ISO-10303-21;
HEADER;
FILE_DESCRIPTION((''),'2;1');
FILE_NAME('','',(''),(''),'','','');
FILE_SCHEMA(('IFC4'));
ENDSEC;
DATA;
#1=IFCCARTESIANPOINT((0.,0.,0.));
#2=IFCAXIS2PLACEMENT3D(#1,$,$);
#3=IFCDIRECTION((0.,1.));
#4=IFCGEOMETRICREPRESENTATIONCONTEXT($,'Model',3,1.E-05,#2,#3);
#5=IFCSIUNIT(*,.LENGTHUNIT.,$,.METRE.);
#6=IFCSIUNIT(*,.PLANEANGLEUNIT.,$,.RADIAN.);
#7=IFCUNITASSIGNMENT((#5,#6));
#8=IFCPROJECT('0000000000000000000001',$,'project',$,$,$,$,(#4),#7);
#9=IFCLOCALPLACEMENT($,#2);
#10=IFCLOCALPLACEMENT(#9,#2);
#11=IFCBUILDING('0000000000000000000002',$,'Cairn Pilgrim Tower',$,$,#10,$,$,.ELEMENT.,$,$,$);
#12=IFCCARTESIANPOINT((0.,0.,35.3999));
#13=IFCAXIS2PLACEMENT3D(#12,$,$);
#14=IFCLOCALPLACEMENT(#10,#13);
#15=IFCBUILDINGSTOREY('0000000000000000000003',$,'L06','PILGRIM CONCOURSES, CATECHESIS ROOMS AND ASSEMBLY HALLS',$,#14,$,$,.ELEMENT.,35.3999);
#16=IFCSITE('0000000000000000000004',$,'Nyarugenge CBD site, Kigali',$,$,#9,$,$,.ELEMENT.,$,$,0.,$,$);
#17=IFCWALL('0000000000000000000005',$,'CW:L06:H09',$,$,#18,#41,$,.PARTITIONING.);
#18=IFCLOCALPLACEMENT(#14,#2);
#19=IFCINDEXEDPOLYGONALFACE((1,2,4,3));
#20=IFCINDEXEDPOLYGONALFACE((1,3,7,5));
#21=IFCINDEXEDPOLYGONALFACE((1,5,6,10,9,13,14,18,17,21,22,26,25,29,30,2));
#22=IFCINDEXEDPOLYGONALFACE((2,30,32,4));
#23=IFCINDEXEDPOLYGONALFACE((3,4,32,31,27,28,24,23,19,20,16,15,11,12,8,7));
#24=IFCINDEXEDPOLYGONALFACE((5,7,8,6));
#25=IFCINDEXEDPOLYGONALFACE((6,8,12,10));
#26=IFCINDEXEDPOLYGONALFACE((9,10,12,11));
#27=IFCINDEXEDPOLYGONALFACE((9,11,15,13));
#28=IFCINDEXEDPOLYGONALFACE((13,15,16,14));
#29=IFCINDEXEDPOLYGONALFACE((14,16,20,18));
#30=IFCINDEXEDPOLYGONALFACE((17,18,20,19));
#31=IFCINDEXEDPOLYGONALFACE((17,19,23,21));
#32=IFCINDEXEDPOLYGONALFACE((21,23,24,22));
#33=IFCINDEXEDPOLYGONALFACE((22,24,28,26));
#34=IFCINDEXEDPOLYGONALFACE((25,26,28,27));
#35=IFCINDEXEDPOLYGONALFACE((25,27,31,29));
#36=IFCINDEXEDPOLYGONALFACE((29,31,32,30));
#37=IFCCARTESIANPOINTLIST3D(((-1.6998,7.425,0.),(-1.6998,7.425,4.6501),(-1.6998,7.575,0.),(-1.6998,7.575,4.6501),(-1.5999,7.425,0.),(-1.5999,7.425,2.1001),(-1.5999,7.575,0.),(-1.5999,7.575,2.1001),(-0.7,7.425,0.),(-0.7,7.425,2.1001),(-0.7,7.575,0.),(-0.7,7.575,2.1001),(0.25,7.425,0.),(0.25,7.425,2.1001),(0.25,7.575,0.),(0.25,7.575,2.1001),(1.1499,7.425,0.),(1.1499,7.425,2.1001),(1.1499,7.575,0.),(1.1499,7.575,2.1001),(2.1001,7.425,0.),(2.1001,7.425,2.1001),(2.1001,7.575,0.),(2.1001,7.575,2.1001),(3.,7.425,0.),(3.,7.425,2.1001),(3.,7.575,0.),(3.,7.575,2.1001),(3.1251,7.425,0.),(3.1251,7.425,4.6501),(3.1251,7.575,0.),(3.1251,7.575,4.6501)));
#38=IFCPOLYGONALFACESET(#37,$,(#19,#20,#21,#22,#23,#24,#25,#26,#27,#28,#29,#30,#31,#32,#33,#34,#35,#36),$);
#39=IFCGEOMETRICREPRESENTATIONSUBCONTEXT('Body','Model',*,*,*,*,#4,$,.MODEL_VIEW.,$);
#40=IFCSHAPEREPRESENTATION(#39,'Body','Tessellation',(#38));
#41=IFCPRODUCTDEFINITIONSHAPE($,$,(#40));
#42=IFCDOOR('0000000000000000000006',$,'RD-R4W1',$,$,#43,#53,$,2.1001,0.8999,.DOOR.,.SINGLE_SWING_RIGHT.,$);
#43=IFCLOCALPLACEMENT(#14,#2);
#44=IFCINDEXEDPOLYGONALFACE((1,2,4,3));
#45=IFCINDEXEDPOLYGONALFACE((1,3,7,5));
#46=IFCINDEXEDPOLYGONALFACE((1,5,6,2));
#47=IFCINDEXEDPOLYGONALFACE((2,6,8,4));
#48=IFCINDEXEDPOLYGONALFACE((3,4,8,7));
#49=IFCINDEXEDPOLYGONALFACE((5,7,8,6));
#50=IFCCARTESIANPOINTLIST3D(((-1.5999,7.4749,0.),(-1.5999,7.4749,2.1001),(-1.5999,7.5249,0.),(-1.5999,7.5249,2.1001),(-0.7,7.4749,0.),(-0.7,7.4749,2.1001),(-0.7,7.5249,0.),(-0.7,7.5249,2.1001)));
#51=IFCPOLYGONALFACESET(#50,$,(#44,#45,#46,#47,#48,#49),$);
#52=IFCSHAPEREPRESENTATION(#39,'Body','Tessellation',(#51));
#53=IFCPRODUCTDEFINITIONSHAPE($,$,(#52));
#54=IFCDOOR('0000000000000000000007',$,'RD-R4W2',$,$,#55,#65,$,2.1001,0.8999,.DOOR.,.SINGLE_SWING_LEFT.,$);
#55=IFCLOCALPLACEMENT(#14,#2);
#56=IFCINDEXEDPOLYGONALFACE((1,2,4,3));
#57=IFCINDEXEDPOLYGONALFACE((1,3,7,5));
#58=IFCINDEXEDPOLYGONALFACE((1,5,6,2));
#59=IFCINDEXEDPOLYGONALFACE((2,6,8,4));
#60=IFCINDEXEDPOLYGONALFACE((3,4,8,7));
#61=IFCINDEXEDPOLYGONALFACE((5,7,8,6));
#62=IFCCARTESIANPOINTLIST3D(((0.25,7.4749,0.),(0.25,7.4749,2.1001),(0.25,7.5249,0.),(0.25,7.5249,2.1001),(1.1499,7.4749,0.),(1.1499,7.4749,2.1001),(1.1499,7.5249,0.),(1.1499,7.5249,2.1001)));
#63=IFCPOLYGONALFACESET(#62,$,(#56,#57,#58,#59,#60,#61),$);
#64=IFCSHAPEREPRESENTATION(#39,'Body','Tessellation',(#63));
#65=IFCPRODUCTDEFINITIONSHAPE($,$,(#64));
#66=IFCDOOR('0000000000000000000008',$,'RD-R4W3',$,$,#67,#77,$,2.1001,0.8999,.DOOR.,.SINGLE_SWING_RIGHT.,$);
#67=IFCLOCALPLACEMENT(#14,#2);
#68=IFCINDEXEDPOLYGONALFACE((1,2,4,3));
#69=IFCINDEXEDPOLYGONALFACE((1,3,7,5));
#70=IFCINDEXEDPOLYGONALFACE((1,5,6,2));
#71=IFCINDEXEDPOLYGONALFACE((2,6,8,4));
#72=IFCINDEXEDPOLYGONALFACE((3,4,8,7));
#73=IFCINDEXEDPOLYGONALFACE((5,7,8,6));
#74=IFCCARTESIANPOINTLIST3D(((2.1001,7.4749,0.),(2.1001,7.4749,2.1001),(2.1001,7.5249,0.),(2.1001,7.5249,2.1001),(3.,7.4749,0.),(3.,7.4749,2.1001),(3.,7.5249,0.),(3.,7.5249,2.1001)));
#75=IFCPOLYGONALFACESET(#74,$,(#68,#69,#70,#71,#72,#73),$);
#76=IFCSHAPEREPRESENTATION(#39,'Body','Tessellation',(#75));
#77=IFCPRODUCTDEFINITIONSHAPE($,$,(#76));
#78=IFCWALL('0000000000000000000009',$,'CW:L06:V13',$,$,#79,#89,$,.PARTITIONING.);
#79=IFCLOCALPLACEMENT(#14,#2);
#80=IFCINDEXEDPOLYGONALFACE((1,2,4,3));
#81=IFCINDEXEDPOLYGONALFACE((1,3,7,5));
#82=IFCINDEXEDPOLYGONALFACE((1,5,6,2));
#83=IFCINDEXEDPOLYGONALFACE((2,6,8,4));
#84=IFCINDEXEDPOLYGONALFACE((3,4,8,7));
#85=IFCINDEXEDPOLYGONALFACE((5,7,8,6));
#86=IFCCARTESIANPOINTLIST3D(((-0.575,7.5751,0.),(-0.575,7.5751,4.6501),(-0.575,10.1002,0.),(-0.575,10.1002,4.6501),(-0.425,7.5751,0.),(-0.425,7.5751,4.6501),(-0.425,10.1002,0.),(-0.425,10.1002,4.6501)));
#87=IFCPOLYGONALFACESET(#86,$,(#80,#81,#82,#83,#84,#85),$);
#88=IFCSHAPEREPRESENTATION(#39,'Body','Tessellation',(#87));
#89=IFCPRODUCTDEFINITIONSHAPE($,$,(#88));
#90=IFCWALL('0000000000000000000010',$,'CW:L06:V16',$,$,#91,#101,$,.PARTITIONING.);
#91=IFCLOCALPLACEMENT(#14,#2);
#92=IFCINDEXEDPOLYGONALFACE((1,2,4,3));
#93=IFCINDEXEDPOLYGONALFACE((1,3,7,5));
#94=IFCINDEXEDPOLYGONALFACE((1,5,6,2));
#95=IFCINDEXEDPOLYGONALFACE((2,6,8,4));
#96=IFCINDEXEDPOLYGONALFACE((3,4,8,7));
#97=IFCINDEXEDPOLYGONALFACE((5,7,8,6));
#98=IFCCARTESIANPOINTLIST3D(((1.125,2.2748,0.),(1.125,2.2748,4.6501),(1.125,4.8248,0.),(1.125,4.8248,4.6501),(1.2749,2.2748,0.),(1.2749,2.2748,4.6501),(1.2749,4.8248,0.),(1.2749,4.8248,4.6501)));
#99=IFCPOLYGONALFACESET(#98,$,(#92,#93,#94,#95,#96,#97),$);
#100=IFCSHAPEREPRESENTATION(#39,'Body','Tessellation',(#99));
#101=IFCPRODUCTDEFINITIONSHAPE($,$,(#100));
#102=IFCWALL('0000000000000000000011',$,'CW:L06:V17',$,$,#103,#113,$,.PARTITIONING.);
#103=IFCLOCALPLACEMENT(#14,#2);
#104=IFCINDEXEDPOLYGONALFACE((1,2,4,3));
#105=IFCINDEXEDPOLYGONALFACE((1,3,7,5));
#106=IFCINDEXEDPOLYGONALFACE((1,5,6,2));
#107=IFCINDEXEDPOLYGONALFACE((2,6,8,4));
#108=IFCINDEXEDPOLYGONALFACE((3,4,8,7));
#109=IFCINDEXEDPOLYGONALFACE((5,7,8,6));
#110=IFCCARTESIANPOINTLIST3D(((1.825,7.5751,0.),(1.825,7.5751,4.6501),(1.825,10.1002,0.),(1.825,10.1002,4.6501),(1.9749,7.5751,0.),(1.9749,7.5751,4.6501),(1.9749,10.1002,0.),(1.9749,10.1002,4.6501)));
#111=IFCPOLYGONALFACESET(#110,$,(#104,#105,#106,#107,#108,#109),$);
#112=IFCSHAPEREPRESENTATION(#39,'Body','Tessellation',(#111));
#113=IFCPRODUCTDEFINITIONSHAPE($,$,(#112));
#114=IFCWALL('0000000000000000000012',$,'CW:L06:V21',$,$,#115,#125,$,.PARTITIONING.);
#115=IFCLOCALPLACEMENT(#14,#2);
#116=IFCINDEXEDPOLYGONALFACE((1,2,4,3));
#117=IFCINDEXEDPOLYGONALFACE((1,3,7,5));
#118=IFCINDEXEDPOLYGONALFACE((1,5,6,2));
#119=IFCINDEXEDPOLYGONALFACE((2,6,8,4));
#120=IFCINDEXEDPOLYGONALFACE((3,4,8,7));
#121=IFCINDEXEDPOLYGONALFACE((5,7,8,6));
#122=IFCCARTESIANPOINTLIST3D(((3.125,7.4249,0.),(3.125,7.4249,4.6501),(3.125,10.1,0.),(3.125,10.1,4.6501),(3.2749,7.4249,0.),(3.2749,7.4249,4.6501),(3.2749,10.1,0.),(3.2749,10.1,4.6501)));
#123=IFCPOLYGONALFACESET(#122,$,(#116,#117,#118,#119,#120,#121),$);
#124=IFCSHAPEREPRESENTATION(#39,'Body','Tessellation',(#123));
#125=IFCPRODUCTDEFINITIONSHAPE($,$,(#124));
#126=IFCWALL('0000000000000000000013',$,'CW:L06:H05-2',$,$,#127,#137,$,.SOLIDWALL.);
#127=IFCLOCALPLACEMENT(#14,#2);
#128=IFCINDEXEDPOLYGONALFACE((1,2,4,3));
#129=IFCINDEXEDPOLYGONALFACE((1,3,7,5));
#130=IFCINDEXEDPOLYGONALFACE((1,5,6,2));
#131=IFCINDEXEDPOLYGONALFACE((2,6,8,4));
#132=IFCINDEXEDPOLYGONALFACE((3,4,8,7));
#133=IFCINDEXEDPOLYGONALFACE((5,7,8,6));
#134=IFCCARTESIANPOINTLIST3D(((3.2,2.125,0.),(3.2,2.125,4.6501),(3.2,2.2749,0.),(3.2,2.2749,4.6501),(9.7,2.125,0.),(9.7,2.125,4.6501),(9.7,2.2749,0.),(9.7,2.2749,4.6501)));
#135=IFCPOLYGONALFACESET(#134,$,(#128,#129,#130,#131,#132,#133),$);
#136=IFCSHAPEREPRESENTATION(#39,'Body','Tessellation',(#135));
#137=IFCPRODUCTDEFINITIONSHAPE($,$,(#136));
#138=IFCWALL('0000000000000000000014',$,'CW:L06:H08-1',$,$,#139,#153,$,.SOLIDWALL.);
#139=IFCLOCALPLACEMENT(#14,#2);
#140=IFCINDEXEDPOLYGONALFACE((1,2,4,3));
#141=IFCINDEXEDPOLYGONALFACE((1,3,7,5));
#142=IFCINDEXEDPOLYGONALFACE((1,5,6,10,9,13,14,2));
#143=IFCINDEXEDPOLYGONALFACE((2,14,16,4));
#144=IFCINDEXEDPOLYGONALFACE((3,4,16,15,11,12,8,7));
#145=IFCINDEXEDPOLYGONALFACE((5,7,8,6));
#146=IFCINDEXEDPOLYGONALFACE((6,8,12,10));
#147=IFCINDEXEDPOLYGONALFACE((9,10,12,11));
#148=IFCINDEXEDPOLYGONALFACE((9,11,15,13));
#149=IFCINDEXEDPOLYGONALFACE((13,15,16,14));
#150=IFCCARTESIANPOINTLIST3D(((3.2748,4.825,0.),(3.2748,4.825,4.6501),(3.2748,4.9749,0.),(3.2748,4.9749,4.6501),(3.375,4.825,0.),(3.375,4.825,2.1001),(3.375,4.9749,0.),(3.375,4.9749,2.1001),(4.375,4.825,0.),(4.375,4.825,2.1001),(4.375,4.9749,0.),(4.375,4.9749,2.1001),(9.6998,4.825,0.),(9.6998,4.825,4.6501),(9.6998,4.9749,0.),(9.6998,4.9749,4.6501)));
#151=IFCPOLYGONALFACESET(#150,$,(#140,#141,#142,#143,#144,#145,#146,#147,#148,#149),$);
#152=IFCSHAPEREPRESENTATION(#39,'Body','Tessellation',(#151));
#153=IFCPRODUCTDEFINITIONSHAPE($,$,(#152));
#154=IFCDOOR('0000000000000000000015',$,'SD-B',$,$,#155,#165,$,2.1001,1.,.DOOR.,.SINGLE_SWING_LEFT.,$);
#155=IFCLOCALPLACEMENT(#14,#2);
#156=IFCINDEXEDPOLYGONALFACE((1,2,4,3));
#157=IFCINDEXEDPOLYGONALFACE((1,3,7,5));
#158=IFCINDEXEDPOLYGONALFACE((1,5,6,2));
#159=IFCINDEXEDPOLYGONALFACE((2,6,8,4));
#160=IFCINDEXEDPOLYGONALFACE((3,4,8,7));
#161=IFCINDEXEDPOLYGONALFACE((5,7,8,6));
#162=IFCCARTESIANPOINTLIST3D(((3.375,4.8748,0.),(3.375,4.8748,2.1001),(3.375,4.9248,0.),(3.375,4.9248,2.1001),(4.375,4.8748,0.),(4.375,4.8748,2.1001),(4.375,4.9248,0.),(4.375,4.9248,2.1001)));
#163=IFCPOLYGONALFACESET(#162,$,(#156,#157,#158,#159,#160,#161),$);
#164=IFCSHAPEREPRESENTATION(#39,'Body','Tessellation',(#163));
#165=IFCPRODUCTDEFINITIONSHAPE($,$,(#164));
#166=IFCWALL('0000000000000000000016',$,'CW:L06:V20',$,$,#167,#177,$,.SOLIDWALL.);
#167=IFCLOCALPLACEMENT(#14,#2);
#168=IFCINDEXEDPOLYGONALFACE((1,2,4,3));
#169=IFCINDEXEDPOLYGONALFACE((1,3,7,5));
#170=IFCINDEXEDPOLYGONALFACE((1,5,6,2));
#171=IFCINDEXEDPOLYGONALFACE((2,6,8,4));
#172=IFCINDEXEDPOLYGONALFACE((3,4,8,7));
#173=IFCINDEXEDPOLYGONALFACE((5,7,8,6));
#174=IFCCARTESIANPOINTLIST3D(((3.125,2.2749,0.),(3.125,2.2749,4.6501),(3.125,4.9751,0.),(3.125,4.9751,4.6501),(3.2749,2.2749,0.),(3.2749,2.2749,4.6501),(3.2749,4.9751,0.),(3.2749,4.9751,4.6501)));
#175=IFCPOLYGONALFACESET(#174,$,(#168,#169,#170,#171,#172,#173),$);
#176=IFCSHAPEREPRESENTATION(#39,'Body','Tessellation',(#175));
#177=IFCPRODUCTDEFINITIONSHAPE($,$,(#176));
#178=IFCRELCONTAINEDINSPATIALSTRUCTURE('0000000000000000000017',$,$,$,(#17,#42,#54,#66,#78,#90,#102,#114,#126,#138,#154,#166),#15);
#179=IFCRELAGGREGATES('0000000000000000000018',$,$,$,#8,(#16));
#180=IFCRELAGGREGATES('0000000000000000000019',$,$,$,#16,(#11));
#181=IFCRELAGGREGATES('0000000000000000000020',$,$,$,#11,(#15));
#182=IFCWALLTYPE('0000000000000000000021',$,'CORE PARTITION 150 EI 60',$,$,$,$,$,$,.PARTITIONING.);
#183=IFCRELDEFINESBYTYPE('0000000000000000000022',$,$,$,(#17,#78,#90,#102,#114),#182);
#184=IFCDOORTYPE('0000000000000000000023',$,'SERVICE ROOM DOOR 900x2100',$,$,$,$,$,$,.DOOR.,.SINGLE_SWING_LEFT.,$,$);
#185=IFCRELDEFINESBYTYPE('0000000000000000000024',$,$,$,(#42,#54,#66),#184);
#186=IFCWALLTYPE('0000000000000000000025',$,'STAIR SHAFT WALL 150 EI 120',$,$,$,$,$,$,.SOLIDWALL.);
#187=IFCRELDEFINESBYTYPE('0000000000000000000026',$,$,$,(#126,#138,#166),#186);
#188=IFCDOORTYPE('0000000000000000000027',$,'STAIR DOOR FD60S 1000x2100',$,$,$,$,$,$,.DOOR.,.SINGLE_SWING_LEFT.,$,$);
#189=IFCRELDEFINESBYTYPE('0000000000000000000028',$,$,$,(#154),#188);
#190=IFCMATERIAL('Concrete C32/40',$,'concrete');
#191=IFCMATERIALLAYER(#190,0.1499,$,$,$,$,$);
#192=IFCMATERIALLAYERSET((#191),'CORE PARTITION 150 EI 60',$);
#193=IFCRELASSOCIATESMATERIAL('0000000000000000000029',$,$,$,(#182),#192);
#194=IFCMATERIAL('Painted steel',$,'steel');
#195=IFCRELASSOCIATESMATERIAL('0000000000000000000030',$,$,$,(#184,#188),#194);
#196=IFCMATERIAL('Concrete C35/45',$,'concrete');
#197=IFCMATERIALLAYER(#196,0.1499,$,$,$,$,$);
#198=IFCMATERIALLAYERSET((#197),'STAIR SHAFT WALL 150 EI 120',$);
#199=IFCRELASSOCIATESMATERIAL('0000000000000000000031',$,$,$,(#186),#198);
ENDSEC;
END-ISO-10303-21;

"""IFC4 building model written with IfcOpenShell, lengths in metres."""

from ifc_helpers import new_model, si_unit, direction, frame, frame_2d, origin, place, context, subcontext, project, spatial, rectangle, extrude, material, layer, layer_set, type_object, element, fill, save


model = new_model("IFC4")

# Units and contexts
model_context = context("Model", 3, precision=1e-05, world=origin(), true_north=direction((0.0, 1.0)))
body_context = subcontext(model_context, "Body", "Model", "MODEL_VIEW")
ifc_project = project(units=[si_unit("LENGTHUNIT", "METRE"), si_unit("PLANEANGLEUNIT", "RADIAN")], contexts=[model_context])

# Site, building, storey
site_placement = place(None, origin())
site = spatial("IfcSite", under=ifc_project, at=site_placement, Name="Nyarugenge CBD site, Kigali", CompositionType="ELEMENT", RefElevation=0.0)
building_placement = place(site_placement, origin())
building = spatial("IfcBuilding", under=site, at=building_placement, Name="Cairn Pilgrim Tower", CompositionType="ELEMENT")
storey_placement = place(building_placement, frame((0.0, 0.0, 35.3999)))
storey = spatial("IfcBuildingStorey", under=building, at=storey_placement, Name="L06", Description="PILGRIM CONCOURSES, CATECHESIS ROOMS AND ASSEMBLY HALLS", CompositionType="ELEMENT", Elevation=35.3999)

# Shared definitions
ifc_material_1 = material(Name="Concrete C32/40", Category="concrete")

# Wall, openings, doors
ifc_layer_1 = layer(ifc_material_1, 0.1499)
ifc_layer_set_1 = layer_set([ifc_layer_1], Name="CORE PARTITION 150 EI 60")
wall_type_1 = type_object("IfcWallType", Name="CORE PARTITION 150 EI 60", PredefinedType="PARTITIONING", material=ifc_layer_set_1)
ifc_material_2 = material(Name="Painted steel", Category="steel")
door_type_1 = type_object("IfcDoorType", Name="SERVICE ROOM DOOR 900x2100", OperationType="SINGLE_SWING_LEFT", PredefinedType="DOOR", material=ifc_material_2)
wall_1_placement = place(storey_placement, frame((-1.7, 7.5, 0.0), z_axis=(0.0, 0.0, 1.0), x_axis=(1.0, 0.0, 0.0)))
wall_1 = element("IfcWall", 1, at=wall_1_placement, inside=storey, type_object=wall_type_1, Name="CW:L06:H09", PredefinedType="PARTITIONING", context=body_context, shape_type="SweptSolid", body=[
    extrude(rectangle(XDim=4.825, YDim=0.1499, at=frame_2d((2.4126, 0.0))), origin(), (0.0, 0.0, 1.0), 4.6501),
])
opening_1_placement = place(wall_1_placement, frame((0.1001, 0.0, 0.0)))
opening_1 = element("IfcOpeningElement", 2, at=opening_1_placement, cuts=wall_1, PredefinedType="OPENING", context=body_context, shape_type="SweptSolid", body=[
    extrude(rectangle(XDim=0.8999, YDim=2.1001, at=frame_2d((0.45, 1.05))), frame((0.0, 0.085, 0.0), z_axis=(0.0, -1.0, 0.0), x_axis=(1.0, 0.0, 0.0)), (0.0, 0.0, 1.0), 0.1699),
])
opening_2_placement = place(wall_1_placement, frame((1.95, 0.0, 0.0)))
opening_2 = element("IfcOpeningElement", 3, at=opening_2_placement, cuts=wall_1, PredefinedType="OPENING", context=body_context, shape_type="SweptSolid", body=[
    extrude(rectangle(XDim=0.8999, YDim=2.1001, at=frame_2d((0.45, 1.05))), frame((0.0, 0.085, 0.0), z_axis=(0.0, -1.0, 0.0), x_axis=(1.0, 0.0, 0.0)), (0.0, 0.0, 1.0), 0.1699),
])
opening_3_placement = place(wall_1_placement, frame((3.8, 0.0, 0.0)))
opening_3 = element("IfcOpeningElement", 4, at=opening_3_placement, cuts=wall_1, PredefinedType="OPENING", context=body_context, shape_type="SweptSolid", body=[
    extrude(rectangle(XDim=0.8999, YDim=2.1001, at=frame_2d((0.45, 1.05))), frame((0.0, 0.085, 0.0), z_axis=(0.0, -1.0, 0.0), x_axis=(1.0, 0.0, 0.0)), (0.0, 0.0, 1.0), 0.1699),
])
door_1_placement = place(opening_1_placement, origin())
door_1 = element("IfcDoor", 5, at=door_1_placement, inside=storey, type_object=door_type_1, Name="RD-R4W1", OperationType="SINGLE_SWING_RIGHT", OverallHeight=2.1001, OverallWidth=0.8999, PredefinedType="DOOR", context=body_context, shape_type="SweptSolid", body=[
    extrude(rectangle(XDim=0.8999, YDim=2.1001, at=frame_2d((0.45, 1.05))), frame((0.0, 0.0249, 0.0), z_axis=(0.0, -1.0, 0.0), x_axis=(1.0, 0.0, 0.0)), (0.0, 0.0, 1.0), 0.05),
])
fill(opening_1, door_1)
door_2_placement = place(opening_2_placement, origin())
door_2 = element("IfcDoor", 6, at=door_2_placement, inside=storey, type_object=door_type_1, Name="RD-R4W2", OperationType="SINGLE_SWING_LEFT", OverallHeight=2.1001, OverallWidth=0.8999, PredefinedType="DOOR", context=body_context, shape_type="SweptSolid", body=[
    extrude(rectangle(XDim=0.8999, YDim=2.1001, at=frame_2d((0.45, 1.05))), frame((0.0, 0.0249, 0.0), z_axis=(0.0, -1.0, 0.0), x_axis=(1.0, 0.0, 0.0)), (0.0, 0.0, 1.0), 0.05),
])
fill(opening_2, door_2)
door_3_placement = place(opening_3_placement, origin())
door_3 = element("IfcDoor", 7, at=door_3_placement, inside=storey, type_object=door_type_1, Name="RD-R4W3", OperationType="SINGLE_SWING_RIGHT", OverallHeight=2.1001, OverallWidth=0.8999, PredefinedType="DOOR", context=body_context, shape_type="SweptSolid", body=[
    extrude(rectangle(XDim=0.8999, YDim=2.1001, at=frame_2d((0.45, 1.05))), frame((0.0, 0.0249, 0.0), z_axis=(0.0, -1.0, 0.0), x_axis=(1.0, 0.0, 0.0)), (0.0, 0.0, 1.0), 0.05),
])
fill(opening_3, door_3)

# Walls
wall_2_placement = place(storey_placement, frame((-0.5, 7.575, 0.0), z_axis=(0.0, 0.0, 1.0), x_axis=(0.0, 1.0, 0.0)))
element("IfcWall", 8, at=wall_2_placement, inside=storey, type_object=wall_type_1, Name="CW:L06:V13", PredefinedType="PARTITIONING", context=body_context, shape_type="SweptSolid", body=[
    extrude(rectangle(XDim=2.5251, YDim=0.1499, at=frame_2d((1.2627, 0.0))), origin(), (0.0, 0.0, 1.0), 4.6501),
])
wall_3_placement = place(storey_placement, frame((1.2, 2.2749, 0.0), z_axis=(0.0, 0.0, 1.0), x_axis=(0.0, 1.0, 0.0)))
element("IfcWall", 9, at=wall_3_placement, inside=storey, type_object=wall_type_1, Name="CW:L06:V16", PredefinedType="PARTITIONING", context=body_context, shape_type="SweptSolid", body=[
    extrude(rectangle(XDim=2.55, YDim=0.1499, at=frame_2d((1.2749, 0.0))), origin(), (0.0, 0.0, 1.0), 4.6501),
])
wall_4_placement = place(storey_placement, frame((1.8999, 7.575, 0.0), z_axis=(0.0, 0.0, 1.0), x_axis=(0.0, 1.0, 0.0)))
element("IfcWall", 10, at=wall_4_placement, inside=storey, type_object=wall_type_1, Name="CW:L06:V17", PredefinedType="PARTITIONING", context=body_context, shape_type="SweptSolid", body=[
    extrude(rectangle(XDim=2.5251, YDim=0.1499, at=frame_2d((1.2627, 0.0))), origin(), (0.0, 0.0, 1.0), 4.6501),
])
wall_5_placement = place(storey_placement, frame((3.2, 7.425, 0.0), z_axis=(0.0, 0.0, 1.0), x_axis=(0.0, 1.0, 0.0)))
element("IfcWall", 11, at=wall_5_placement, inside=storey, type_object=wall_type_1, Name="CW:L06:V21", PredefinedType="PARTITIONING", context=body_context, shape_type="SweptSolid", body=[
    extrude(rectangle(XDim=2.675, YDim=0.1499, at=frame_2d((1.3374, 0.0))), origin(), (0.0, 0.0, 1.0), 4.6501),
])
ifc_material_3 = material(Name="Concrete C35/45", Category="concrete")
ifc_layer_2 = layer(ifc_material_3, 0.1499)
ifc_layer_set_2 = layer_set([ifc_layer_2], Name="STAIR SHAFT WALL 150 EI 120")
wall_type_2 = type_object("IfcWallType", Name="STAIR SHAFT WALL 150 EI 120", PredefinedType="SOLIDWALL", material=ifc_layer_set_2)
wall_6_placement = place(storey_placement, frame((3.2, 2.2, 0.0), z_axis=(0.0, 0.0, 1.0), x_axis=(1.0, 0.0, 0.0)))
element("IfcWall", 12, at=wall_6_placement, inside=storey, type_object=wall_type_2, Name="CW:L06:H05-2", PredefinedType="SOLIDWALL", context=body_context, shape_type="SweptSolid", body=[
    extrude(rectangle(XDim=6.5, YDim=0.1499, at=frame_2d((3.25, 0.0))), origin(), (0.0, 0.0, 1.0), 4.6501),
])

# Wall, opening, door
wall_7_placement = place(storey_placement, frame((3.2749, 4.8999, 0.0), z_axis=(0.0, 0.0, 1.0), x_axis=(1.0, 0.0, 0.0)))
wall_7 = element("IfcWall", 13, at=wall_7_placement, inside=storey, type_object=wall_type_2, Name="CW:L06:H08-1", PredefinedType="SOLIDWALL", context=body_context, shape_type="SweptSolid", body=[
    extrude(rectangle(XDim=6.425, YDim=0.1499, at=frame_2d((3.2124, 0.0))), origin(), (0.0, 0.0, 1.0), 4.6501),
])
opening_4_placement = place(wall_7_placement, frame((0.1001, 0.0, 0.0)))
opening_4 = element("IfcOpeningElement", 14, at=opening_4_placement, cuts=wall_7, PredefinedType="OPENING", context=body_context, shape_type="SweptSolid", body=[
    extrude(rectangle(XDim=1.0, YDim=2.1001, at=frame_2d((0.5, 1.05))), frame((0.0, 0.085, 0.0), z_axis=(0.0, -1.0, 0.0), x_axis=(1.0, 0.0, 0.0)), (0.0, 0.0, 1.0), 0.1699),
])
door_type_2 = type_object("IfcDoorType", Name="STAIR DOOR FD60S 1000x2100", OperationType="SINGLE_SWING_LEFT", PredefinedType="DOOR", material=ifc_material_2)
door_4_placement = place(opening_4_placement, origin())
door_4 = element("IfcDoor", 15, at=door_4_placement, inside=storey, type_object=door_type_2, Name="SD-B", OperationType="SINGLE_SWING_LEFT", OverallHeight=2.1001, OverallWidth=1.0, PredefinedType="DOOR", context=body_context, shape_type="SweptSolid", body=[
    extrude(rectangle(XDim=1.0, YDim=2.1001, at=frame_2d((0.5, 1.05))), frame((0.0, 0.0249, 0.0), z_axis=(0.0, -1.0, 0.0), x_axis=(1.0, 0.0, 0.0)), (0.0, 0.0, 1.0), 0.05),
])
fill(opening_4, door_4)

# Wall
wall_8_placement = place(storey_placement, frame((3.2, 2.2749, 0.0), z_axis=(0.0, 0.0, 1.0), x_axis=(0.0, 1.0, 0.0)))
element("IfcWall", 16, at=wall_8_placement, inside=storey, type_object=wall_type_2, Name="CW:L06:V20", PredefinedType="SOLIDWALL", context=body_context, shape_type="SweptSolid", body=[
    extrude(rectangle(XDim=2.7002, YDim=0.1499, at=frame_2d((1.3501, 0.0))), origin(), (0.0, 0.0, 1.0), 4.6501),
])

save(model, "model.ifc")
